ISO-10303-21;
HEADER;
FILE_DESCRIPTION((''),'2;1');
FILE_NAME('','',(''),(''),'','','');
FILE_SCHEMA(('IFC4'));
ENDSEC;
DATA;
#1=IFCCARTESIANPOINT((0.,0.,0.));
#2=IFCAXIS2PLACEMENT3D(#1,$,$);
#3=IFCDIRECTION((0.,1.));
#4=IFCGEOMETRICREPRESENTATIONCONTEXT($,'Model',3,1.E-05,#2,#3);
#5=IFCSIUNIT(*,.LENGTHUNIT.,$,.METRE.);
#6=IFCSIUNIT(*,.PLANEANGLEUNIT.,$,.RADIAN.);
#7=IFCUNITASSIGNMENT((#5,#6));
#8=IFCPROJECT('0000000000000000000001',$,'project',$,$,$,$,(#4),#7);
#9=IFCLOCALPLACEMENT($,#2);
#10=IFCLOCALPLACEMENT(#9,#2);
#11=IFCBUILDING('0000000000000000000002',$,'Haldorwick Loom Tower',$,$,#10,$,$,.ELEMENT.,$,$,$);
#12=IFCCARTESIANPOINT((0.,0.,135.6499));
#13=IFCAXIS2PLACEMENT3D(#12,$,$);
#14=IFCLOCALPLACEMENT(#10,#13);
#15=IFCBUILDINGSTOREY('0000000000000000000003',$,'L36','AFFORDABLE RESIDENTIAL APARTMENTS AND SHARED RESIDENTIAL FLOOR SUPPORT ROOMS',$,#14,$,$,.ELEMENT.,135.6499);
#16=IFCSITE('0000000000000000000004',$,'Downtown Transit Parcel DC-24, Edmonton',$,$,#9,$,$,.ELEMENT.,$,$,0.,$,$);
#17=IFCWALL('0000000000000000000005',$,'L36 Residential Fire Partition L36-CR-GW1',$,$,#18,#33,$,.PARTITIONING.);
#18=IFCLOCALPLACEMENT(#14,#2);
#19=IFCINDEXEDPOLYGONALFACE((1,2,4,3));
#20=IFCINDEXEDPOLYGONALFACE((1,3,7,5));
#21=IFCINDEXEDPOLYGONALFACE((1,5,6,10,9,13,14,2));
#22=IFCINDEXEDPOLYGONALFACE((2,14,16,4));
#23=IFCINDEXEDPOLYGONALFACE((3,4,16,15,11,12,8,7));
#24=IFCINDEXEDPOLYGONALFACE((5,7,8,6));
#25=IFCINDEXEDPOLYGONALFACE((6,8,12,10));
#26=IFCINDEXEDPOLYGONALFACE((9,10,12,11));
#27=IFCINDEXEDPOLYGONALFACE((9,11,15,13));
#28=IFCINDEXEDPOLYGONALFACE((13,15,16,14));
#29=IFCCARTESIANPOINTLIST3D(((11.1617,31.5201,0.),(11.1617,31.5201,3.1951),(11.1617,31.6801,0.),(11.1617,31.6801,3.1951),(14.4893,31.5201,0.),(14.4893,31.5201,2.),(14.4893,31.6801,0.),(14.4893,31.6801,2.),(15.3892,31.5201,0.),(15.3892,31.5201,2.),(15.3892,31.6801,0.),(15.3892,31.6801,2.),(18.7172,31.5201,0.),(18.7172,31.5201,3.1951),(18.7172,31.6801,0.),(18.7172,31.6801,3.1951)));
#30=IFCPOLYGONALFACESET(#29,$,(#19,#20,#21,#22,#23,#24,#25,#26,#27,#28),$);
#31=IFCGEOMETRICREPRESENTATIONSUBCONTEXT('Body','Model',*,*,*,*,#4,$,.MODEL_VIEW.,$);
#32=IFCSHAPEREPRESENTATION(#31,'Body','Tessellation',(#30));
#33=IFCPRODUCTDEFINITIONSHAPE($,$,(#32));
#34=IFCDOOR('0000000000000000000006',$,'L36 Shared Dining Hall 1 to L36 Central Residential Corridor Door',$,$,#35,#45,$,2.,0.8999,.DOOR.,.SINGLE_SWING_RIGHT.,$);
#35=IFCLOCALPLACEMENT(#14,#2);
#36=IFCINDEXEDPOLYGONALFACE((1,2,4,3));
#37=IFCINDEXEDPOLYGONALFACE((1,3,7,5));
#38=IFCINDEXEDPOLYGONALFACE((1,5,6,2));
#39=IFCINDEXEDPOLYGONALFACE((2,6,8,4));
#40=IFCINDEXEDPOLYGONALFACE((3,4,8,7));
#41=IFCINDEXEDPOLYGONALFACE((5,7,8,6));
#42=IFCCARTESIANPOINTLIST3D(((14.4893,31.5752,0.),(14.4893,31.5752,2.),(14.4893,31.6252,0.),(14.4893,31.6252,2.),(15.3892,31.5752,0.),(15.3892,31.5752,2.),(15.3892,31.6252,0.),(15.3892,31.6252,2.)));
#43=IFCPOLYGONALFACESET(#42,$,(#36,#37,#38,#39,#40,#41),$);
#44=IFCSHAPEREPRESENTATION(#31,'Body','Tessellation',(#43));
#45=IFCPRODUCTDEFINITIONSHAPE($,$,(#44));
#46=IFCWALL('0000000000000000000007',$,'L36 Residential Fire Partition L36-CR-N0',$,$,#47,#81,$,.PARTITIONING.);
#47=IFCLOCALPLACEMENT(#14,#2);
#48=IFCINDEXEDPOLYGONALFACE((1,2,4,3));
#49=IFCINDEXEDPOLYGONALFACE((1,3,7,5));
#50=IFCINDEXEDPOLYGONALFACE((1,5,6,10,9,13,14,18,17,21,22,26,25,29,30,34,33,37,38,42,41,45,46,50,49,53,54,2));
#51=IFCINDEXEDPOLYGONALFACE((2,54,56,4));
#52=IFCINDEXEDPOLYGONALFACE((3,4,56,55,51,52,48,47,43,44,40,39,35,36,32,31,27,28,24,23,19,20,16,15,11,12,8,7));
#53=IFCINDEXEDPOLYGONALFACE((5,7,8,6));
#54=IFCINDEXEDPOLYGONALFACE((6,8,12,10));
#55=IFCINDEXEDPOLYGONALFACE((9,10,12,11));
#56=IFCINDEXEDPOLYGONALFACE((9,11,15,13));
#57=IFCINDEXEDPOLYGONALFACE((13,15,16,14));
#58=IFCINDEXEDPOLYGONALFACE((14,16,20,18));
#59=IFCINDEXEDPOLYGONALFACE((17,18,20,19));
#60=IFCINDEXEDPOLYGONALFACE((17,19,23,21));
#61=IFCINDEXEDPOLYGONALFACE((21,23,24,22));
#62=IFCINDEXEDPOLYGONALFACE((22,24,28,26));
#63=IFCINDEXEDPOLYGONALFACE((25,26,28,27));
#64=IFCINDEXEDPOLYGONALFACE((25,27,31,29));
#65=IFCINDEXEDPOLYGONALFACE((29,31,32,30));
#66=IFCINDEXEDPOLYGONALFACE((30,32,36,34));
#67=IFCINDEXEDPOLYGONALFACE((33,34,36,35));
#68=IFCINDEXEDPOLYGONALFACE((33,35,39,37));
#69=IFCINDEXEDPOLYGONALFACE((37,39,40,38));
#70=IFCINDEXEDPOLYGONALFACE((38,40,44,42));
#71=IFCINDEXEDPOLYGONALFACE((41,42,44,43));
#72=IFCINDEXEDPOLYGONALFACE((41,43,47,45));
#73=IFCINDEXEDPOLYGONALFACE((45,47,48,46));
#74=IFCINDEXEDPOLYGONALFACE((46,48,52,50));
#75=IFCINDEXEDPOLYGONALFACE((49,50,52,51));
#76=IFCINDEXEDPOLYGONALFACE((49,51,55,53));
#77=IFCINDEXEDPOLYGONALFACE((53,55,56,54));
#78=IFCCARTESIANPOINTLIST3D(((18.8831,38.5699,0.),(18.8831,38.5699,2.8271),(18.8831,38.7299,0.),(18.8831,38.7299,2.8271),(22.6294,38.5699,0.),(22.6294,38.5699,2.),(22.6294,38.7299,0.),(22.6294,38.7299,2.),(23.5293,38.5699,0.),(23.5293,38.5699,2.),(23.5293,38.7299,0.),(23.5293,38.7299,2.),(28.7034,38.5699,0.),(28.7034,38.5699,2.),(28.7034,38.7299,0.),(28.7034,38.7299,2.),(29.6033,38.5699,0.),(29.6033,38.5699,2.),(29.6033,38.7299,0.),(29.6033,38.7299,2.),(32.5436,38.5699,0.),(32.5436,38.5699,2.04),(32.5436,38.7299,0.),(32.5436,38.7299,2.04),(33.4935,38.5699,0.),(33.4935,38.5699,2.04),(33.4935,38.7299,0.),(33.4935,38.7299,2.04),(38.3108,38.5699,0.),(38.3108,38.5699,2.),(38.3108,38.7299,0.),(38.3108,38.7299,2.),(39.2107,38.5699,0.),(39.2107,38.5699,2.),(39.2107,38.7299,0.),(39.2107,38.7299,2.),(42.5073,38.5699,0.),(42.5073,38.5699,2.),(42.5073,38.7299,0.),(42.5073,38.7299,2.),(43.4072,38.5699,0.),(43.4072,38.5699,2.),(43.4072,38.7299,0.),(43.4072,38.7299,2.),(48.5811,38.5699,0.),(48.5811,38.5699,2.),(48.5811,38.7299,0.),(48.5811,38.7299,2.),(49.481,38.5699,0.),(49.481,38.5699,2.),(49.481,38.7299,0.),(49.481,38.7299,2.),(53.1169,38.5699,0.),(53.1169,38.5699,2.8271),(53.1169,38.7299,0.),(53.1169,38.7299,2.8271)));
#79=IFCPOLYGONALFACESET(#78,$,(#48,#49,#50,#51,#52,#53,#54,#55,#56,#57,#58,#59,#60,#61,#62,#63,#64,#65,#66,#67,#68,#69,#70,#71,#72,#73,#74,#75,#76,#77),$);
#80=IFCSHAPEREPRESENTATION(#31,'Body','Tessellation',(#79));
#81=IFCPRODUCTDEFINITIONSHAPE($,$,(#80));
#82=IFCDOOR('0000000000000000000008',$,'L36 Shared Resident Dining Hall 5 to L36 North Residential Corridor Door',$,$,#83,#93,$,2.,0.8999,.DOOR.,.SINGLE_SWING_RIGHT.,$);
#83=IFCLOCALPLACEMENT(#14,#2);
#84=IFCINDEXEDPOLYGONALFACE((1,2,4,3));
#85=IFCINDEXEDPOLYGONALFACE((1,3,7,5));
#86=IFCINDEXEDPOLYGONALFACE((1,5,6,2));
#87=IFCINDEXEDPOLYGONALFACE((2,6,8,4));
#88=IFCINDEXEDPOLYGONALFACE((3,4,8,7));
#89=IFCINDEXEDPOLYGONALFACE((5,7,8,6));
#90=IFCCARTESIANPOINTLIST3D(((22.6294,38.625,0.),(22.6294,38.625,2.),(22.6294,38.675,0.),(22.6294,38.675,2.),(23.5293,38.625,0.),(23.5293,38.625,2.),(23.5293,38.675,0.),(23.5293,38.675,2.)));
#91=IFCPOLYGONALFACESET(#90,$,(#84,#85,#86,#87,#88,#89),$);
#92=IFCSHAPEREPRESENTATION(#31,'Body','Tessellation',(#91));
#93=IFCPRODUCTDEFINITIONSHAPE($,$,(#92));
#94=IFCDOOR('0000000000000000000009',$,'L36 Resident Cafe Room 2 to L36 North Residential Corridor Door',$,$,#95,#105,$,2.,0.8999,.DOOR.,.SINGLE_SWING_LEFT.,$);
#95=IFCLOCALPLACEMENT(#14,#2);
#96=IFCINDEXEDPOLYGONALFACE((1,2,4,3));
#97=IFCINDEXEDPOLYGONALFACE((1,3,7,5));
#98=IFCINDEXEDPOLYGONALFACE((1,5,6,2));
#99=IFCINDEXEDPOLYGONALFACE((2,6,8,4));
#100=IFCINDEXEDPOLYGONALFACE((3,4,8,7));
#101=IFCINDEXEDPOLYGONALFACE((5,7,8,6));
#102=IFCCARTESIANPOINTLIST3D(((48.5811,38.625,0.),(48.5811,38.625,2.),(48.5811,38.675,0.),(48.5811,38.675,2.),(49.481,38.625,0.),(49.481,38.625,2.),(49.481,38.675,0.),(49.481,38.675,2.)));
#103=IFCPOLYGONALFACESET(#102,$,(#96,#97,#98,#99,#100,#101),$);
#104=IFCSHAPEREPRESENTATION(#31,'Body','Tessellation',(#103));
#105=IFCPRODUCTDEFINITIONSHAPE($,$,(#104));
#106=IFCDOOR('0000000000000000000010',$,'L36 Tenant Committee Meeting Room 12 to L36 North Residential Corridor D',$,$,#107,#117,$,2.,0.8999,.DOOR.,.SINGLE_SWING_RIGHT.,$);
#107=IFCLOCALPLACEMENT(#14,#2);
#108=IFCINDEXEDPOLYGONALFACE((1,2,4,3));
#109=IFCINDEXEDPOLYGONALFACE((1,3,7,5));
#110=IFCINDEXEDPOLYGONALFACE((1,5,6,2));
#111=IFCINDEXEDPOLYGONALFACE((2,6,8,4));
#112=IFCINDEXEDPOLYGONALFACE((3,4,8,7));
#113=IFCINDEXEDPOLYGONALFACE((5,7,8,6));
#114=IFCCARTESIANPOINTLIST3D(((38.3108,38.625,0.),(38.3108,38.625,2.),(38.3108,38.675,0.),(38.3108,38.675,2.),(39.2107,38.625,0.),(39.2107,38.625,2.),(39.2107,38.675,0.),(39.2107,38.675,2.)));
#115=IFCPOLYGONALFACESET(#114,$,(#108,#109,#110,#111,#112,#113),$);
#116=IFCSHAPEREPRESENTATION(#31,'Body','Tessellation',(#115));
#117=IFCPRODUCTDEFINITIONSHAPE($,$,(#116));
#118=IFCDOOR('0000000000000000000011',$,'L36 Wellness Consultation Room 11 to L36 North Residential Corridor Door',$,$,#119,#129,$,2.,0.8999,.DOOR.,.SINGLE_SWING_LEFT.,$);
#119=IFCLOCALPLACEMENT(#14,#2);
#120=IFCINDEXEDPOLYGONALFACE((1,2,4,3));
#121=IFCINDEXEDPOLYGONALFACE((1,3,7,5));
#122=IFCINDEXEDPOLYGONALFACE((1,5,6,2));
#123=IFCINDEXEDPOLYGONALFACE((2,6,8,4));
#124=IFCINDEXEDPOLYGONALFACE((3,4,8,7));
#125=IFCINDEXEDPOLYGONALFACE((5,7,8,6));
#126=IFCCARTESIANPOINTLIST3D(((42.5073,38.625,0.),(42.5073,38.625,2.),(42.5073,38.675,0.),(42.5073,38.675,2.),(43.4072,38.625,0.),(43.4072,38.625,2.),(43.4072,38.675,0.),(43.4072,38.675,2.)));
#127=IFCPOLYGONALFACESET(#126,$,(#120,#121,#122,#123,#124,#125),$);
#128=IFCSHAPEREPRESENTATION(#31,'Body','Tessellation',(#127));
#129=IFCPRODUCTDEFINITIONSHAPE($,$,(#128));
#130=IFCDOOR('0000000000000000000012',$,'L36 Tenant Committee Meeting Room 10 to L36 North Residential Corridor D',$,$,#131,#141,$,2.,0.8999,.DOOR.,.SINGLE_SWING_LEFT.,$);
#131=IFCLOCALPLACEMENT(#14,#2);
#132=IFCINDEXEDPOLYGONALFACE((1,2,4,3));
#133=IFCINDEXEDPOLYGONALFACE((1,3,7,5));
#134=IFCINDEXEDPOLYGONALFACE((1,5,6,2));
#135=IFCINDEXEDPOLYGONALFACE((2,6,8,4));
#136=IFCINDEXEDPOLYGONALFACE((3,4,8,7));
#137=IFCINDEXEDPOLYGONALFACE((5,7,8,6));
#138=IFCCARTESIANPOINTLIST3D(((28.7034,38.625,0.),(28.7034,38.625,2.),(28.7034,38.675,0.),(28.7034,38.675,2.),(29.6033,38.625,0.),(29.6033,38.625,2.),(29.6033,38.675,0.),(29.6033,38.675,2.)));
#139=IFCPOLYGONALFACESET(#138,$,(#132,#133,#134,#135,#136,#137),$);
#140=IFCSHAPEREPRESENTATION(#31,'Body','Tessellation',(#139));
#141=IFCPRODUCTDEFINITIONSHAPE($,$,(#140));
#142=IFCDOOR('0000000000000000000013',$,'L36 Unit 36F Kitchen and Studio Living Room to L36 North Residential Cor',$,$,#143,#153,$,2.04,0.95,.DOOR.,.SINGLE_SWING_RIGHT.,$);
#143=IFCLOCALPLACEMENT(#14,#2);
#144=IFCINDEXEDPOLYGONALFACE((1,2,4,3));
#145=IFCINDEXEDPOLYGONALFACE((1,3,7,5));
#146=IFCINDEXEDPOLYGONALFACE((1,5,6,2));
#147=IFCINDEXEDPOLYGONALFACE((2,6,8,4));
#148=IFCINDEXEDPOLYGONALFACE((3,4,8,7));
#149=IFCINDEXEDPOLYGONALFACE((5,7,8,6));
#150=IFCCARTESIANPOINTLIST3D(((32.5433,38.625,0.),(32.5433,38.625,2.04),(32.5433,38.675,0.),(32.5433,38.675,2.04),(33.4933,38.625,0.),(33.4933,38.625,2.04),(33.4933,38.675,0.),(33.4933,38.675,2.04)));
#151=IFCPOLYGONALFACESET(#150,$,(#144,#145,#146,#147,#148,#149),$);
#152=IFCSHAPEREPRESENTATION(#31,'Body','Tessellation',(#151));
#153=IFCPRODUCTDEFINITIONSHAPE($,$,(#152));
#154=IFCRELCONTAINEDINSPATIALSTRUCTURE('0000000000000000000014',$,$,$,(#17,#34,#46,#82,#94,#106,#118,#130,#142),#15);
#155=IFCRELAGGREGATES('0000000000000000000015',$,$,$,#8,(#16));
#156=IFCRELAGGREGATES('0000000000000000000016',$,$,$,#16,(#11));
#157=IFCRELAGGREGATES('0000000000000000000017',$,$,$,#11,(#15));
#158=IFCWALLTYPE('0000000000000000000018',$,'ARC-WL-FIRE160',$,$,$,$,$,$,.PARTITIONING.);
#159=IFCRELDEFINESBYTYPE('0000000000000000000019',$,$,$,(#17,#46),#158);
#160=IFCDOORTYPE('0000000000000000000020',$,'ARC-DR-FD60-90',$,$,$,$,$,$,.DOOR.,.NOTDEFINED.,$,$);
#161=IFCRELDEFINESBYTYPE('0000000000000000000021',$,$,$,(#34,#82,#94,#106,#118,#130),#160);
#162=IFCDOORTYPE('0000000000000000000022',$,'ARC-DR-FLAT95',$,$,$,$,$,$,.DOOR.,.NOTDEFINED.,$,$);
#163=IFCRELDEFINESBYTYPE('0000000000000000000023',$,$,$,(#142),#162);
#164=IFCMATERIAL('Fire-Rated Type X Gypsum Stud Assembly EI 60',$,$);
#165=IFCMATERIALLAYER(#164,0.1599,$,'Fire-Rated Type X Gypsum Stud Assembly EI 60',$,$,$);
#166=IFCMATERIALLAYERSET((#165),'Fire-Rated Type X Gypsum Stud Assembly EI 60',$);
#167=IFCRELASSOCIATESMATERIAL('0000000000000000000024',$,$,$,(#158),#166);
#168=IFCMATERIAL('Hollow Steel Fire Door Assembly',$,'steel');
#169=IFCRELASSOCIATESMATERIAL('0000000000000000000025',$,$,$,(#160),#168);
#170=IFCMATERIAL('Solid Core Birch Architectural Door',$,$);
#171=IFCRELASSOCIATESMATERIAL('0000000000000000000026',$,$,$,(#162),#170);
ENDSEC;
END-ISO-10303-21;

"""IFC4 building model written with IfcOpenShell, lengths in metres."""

from ifc_helpers import new_model, si_unit, direction, frame, frame_2d, origin, place, context, subcontext, project, spatial, rectangle, extrude, material, layer, layer_set, type_object, element, fill, save


model = new_model("IFC4")

# Units and contexts
model_context = context("Model", 3, precision=1e-05, world=origin(), true_north=direction((0.0, 1.0)))
body_context = subcontext(model_context, "Body", "Model", "MODEL_VIEW")
ifc_project = project(units=[si_unit("LENGTHUNIT", "METRE"), si_unit("PLANEANGLEUNIT", "RADIAN")], contexts=[model_context])

# Site, building, storey
site_placement = place(None, origin())
site = spatial("IfcSite", under=ifc_project, at=site_placement, Name="Downtown Transit Parcel DC-24, Edmonton", CompositionType="ELEMENT", RefElevation=0.0)
building_placement = place(site_placement, origin())
building = spatial("IfcBuilding", under=site, at=building_placement, Name="Haldorwick Loom Tower", CompositionType="ELEMENT")
storey_placement = place(building_placement, frame((0.0, 0.0, 135.6499)))
storey = spatial("IfcBuildingStorey", under=building, at=storey_placement, Name="L36", Description="AFFORDABLE RESIDENTIAL APARTMENTS AND SHARED RESIDENTIAL FLOOR SUPPORT ROOMS", CompositionType="ELEMENT", Elevation=135.6499)

# Wall, opening, door
ifc_material_1 = material(Name="Fire-Rated Type X Gypsum Stud Assembly EI 60")
ifc_layer_1 = layer(ifc_material_1, 0.1599, Name="Fire-Rated Type X Gypsum Stud Assembly EI 60")
ifc_layer_set_1 = layer_set([ifc_layer_1], Name="Fire-Rated Type X Gypsum Stud Assembly EI 60")
wall_type_1 = type_object("IfcWallType", Name="ARC-WL-FIRE160", PredefinedType="PARTITIONING", material=ifc_layer_set_1)
ifc_material_2 = material(Name="Hollow Steel Fire Door Assembly", Category="steel")
door_type_1 = type_object("IfcDoorType", Name="ARC-DR-FD60-90", OperationType="NOTDEFINED", PredefinedType="DOOR", material=ifc_material_2)
wall_1_placement = place(storey_placement, frame((11.1616, 31.6001, 0.0), z_axis=(0.0, 0.0, 1.0), x_axis=(1.0, 0.0, 0.0)))
wall_1 = element("IfcWall", 1, at=wall_1_placement, inside=storey, type_object=wall_type_1, Name="L36 Residential Fire Partition L36-CR-GW1", PredefinedType="PARTITIONING", context=body_context, shape_type="SweptSolid", body=[
    extrude(rectangle(XDim=7.5554, YDim=0.1599, at=frame_2d((3.7778, 0.0))), origin(), (0.0, 0.0, 1.0), 3.1951),
])
opening_1_placement = place(wall_1_placement, frame((3.3276, 0.0, 0.0)))
opening_1 = element("IfcOpeningElement", 2, at=opening_1_placement, cuts=wall_1, PredefinedType="OPENING", context=body_context, shape_type="SweptSolid", body=[
    extrude(rectangle(XDim=0.8999, YDim=2.0, at=frame_2d((0.45, 1.0))), frame((0.0, 0.0898, 0.0), z_axis=(0.0, -1.0, 0.0), x_axis=(1.0, 0.0, 0.0)), (0.0, 0.0, 1.0), 0.1799),
])
door_1_placement = place(opening_1_placement, frame((0.8999, 0.0, 0.0), z_axis=(0.0, 0.0, 1.0), x_axis=(-1.0, 0.0, 0.0)))
door_1 = element("IfcDoor", 3, at=door_1_placement, inside=storey, type_object=door_type_1, Name="L36 Shared Dining Hall 1 to L36 Central Residential Corridor Door", OperationType="SINGLE_SWING_RIGHT", OverallHeight=2.0, OverallWidth=0.8999, PredefinedType="DOOR", context=body_context, shape_type="SweptSolid", body=[
    extrude(rectangle(XDim=0.8999, YDim=2.0, at=frame_2d((0.45, 1.0))), frame((0.0, 0.0249, 0.0), z_axis=(0.0, -1.0, 0.0), x_axis=(1.0, 0.0, 0.0)), (0.0, 0.0, 1.0), 0.05),
])
fill(opening_1, door_1)

# Wall, openings, doors
wall_2_placement = place(storey_placement, frame((18.8831, 38.6499, 0.0), z_axis=(0.0, 0.0, 1.0), x_axis=(1.0, 0.0, 0.0)))
wall_2 = element("IfcWall", 4, at=wall_2_placement, inside=storey, type_object=wall_type_1, Name="L36 Residential Fire Partition L36-CR-N0", PredefinedType="PARTITIONING", context=body_context, shape_type="SweptSolid", body=[
    extrude(rectangle(XDim=34.2339, YDim=0.1599, at=frame_2d((17.1169, 0.0))), origin(), (0.0, 0.0, 1.0), 2.8271),
])
opening_2_placement = place(wall_2_placement, frame((3.7463, 0.0, 0.0)))
opening_2 = element("IfcOpeningElement", 5, at=opening_2_placement, cuts=wall_2, PredefinedType="OPENING", context=body_context, shape_type="SweptSolid", body=[
    extrude(rectangle(XDim=0.8999, YDim=2.0, at=frame_2d((0.45, 1.0))), frame((0.0, 0.0898, 0.0), z_axis=(0.0, -1.0, 0.0), x_axis=(1.0, 0.0, 0.0)), (0.0, 0.0, 1.0), 0.1799),
])
opening_3_placement = place(wall_2_placement, frame((29.698, 0.0, 0.0)))
opening_3 = element("IfcOpeningElement", 6, at=opening_3_placement, cuts=wall_2, PredefinedType="OPENING", context=body_context, shape_type="SweptSolid", body=[
    extrude(rectangle(XDim=0.8999, YDim=2.0, at=frame_2d((0.45, 1.0))), frame((0.0, 0.0898, 0.0), z_axis=(0.0, -1.0, 0.0), x_axis=(1.0, 0.0, 0.0)), (0.0, 0.0, 1.0), 0.1799),
])
opening_4_placement = place(wall_2_placement, frame((19.4277, 0.0, 0.0)))
opening_4 = element("IfcOpeningElement", 7, at=opening_4_placement, cuts=wall_2, PredefinedType="OPENING", context=body_context, shape_type="SweptSolid", body=[
    extrude(rectangle(XDim=0.8999, YDim=2.0, at=frame_2d((0.45, 1.0))), frame((0.0, 0.0898, 0.0), z_axis=(0.0, -1.0, 0.0), x_axis=(1.0, 0.0, 0.0)), (0.0, 0.0, 1.0), 0.1799),
])
opening_5_placement = place(wall_2_placement, frame((13.6604, 0.0, 0.0)))
opening_5 = element("IfcOpeningElement", 8, at=opening_5_placement, cuts=wall_2, PredefinedType="OPENING", context=body_context, shape_type="SweptSolid", body=[
    extrude(rectangle(XDim=0.95, YDim=2.04, at=frame_2d((0.4751, 1.02))), frame((0.0, 0.0898, 0.0), z_axis=(0.0, -1.0, 0.0), x_axis=(1.0, 0.0, 0.0)), (0.0, 0.0, 1.0), 0.1799),
])
opening_6_placement = place(wall_2_placement, frame((23.6243, 0.0, 0.0)))
opening_6 = element("IfcOpeningElement", 9, at=opening_6_placement, cuts=wall_2, PredefinedType="OPENING", context=body_context, shape_type="SweptSolid", body=[
    extrude(rectangle(XDim=0.8999, YDim=2.0, at=frame_2d((0.45, 1.0))), frame((0.0, 0.0898, 0.0), z_axis=(0.0, -1.0, 0.0), x_axis=(1.0, 0.0, 0.0)), (0.0, 0.0, 1.0), 0.1799),
])
opening_7_placement = place(wall_2_placement, frame((9.8203, 0.0, 0.0)))
opening_7 = element("IfcOpeningElement", 10, at=opening_7_placement, cuts=wall_2, PredefinedType="OPENING", context=body_context, shape_type="SweptSolid", body=[
    extrude(rectangle(XDim=0.8999, YDim=2.0, at=frame_2d((0.45, 1.0))), frame((0.0, 0.0898, 0.0), z_axis=(0.0, -1.0, 0.0), x_axis=(1.0, 0.0, 0.0)), (0.0, 0.0, 1.0), 0.1799),
])
door_2_placement = place(opening_2_placement, frame((0.8999, 0.0, 0.0), z_axis=(0.0, 0.0, 1.0), x_axis=(-1.0, 0.0, 0.0)))
door_2 = element("IfcDoor", 11, at=door_2_placement, inside=storey, type_object=door_type_1, Name="L36 Shared Resident Dining Hall 5 to L36 North Residential Corridor Door", OperationType="SINGLE_SWING_RIGHT", OverallHeight=2.0, OverallWidth=0.8999, PredefinedType="DOOR", context=body_context, shape_type="SweptSolid", body=[
    extrude(rectangle(XDim=0.8999, YDim=2.0, at=frame_2d((0.45, 1.0))), frame((0.0, 0.0249, 0.0), z_axis=(0.0, -1.0, 0.0), x_axis=(1.0, 0.0, 0.0)), (0.0, 0.0, 1.0), 0.05),
])
fill(opening_2, door_2)
door_3_placement = place(opening_3_placement, frame((0.8999, 0.0, 0.0), z_axis=(0.0, 0.0, 1.0), x_axis=(-1.0, 0.0, 0.0)))
door_3 = element("IfcDoor", 12, at=door_3_placement, inside=storey, type_object=door_type_1, Name="L36 Resident Cafe Room 2 to L36 North Residential Corridor Door", OperationType="SINGLE_SWING_LEFT", OverallHeight=2.0, OverallWidth=0.8999, PredefinedType="DOOR", context=body_context, shape_type="SweptSolid", body=[
    extrude(rectangle(XDim=0.8999, YDim=2.0, at=frame_2d((0.45, 1.0))), frame((0.0, 0.0249, 0.0), z_axis=(0.0, -1.0, 0.0), x_axis=(1.0, 0.0, 0.0)), (0.0, 0.0, 1.0), 0.05),
])
fill(opening_3, door_3)
door_4_placement = place(opening_4_placement, frame((0.8999, 0.0, 0.0), z_axis=(0.0, 0.0, 1.0), x_axis=(-1.0, 0.0, 0.0)))
door_4 = element("IfcDoor", 13, at=door_4_placement, inside=storey, type_object=door_type_1, Name="L36 Tenant Committee Meeting Room 12 to L36 North Residential Corridor D", OperationType="SINGLE_SWING_RIGHT", OverallHeight=2.0, OverallWidth=0.8999, PredefinedType="DOOR", context=body_context, shape_type="SweptSolid", body=[
    extrude(rectangle(XDim=0.8999, YDim=2.0, at=frame_2d((0.45, 1.0))), frame((0.0, 0.0249, 0.0), z_axis=(0.0, -1.0, 0.0), x_axis=(1.0, 0.0, 0.0)), (0.0, 0.0, 1.0), 0.05),
])
fill(opening_4, door_4)
door_5_placement = place(opening_6_placement, frame((0.8999, 0.0, 0.0), z_axis=(0.0, 0.0, 1.0), x_axis=(-1.0, 0.0, 0.0)))
door_5 = element("IfcDoor", 14, at=door_5_placement, inside=storey, type_object=door_type_1, Name="L36 Wellness Consultation Room 11 to L36 North Residential Corridor Door", OperationType="SINGLE_SWING_LEFT", OverallHeight=2.0, OverallWidth=0.8999, PredefinedType="DOOR", context=body_context, shape_type="SweptSolid", body=[
    extrude(rectangle(XDim=0.8999, YDim=2.0, at=frame_2d((0.45, 1.0))), frame((0.0, 0.0249, 0.0), z_axis=(0.0, -1.0, 0.0), x_axis=(1.0, 0.0, 0.0)), (0.0, 0.0, 1.0), 0.05),
])
fill(opening_6, door_5)
door_6_placement = place(opening_7_placement, frame((0.8999, 0.0, 0.0), z_axis=(0.0, 0.0, 1.0), x_axis=(-1.0, 0.0, 0.0)))
door_6 = element("IfcDoor", 15, at=door_6_placement, inside=storey, type_object=door_type_1, Name="L36 Tenant Committee Meeting Room 10 to L36 North Residential Corridor D", OperationType="SINGLE_SWING_LEFT", OverallHeight=2.0, OverallWidth=0.8999, PredefinedType="DOOR", context=body_context, shape_type="SweptSolid", body=[
    extrude(rectangle(XDim=0.8999, YDim=2.0, at=frame_2d((0.45, 1.0))), frame((0.0, 0.0249, 0.0), z_axis=(0.0, -1.0, 0.0), x_axis=(1.0, 0.0, 0.0)), (0.0, 0.0, 1.0), 0.05),
])
fill(opening_7, door_6)
ifc_material_3 = material(Name="Solid Core Birch Architectural Door")
door_type_2 = type_object("IfcDoorType", Name="ARC-DR-FLAT95", OperationType="NOTDEFINED", PredefinedType="DOOR", material=ifc_material_3)
door_7_placement = place(opening_5_placement, frame((0.95, 0.0, 0.0), z_axis=(0.0, 0.0, 1.0), x_axis=(-1.0, 0.0, 0.0)))
door_7 = element("IfcDoor", 16, at=door_7_placement, inside=storey, type_object=door_type_2, Name="L36 Unit 36F Kitchen and Studio Living Room to L36 North Residential Cor", OperationType="SINGLE_SWING_RIGHT", OverallHeight=2.04, OverallWidth=0.95, PredefinedType="DOOR", context=body_context, shape_type="SweptSolid", body=[
    extrude(rectangle(XDim=0.95, YDim=2.04, at=frame_2d((0.4751, 1.02))), frame((0.0, 0.0249, 0.0), z_axis=(0.0, -1.0, 0.0), x_axis=(1.0, 0.0, 0.0)), (0.0, 0.0, 1.0), 0.05),
])
fill(opening_5, door_7)

save(model, "model.ifc")
